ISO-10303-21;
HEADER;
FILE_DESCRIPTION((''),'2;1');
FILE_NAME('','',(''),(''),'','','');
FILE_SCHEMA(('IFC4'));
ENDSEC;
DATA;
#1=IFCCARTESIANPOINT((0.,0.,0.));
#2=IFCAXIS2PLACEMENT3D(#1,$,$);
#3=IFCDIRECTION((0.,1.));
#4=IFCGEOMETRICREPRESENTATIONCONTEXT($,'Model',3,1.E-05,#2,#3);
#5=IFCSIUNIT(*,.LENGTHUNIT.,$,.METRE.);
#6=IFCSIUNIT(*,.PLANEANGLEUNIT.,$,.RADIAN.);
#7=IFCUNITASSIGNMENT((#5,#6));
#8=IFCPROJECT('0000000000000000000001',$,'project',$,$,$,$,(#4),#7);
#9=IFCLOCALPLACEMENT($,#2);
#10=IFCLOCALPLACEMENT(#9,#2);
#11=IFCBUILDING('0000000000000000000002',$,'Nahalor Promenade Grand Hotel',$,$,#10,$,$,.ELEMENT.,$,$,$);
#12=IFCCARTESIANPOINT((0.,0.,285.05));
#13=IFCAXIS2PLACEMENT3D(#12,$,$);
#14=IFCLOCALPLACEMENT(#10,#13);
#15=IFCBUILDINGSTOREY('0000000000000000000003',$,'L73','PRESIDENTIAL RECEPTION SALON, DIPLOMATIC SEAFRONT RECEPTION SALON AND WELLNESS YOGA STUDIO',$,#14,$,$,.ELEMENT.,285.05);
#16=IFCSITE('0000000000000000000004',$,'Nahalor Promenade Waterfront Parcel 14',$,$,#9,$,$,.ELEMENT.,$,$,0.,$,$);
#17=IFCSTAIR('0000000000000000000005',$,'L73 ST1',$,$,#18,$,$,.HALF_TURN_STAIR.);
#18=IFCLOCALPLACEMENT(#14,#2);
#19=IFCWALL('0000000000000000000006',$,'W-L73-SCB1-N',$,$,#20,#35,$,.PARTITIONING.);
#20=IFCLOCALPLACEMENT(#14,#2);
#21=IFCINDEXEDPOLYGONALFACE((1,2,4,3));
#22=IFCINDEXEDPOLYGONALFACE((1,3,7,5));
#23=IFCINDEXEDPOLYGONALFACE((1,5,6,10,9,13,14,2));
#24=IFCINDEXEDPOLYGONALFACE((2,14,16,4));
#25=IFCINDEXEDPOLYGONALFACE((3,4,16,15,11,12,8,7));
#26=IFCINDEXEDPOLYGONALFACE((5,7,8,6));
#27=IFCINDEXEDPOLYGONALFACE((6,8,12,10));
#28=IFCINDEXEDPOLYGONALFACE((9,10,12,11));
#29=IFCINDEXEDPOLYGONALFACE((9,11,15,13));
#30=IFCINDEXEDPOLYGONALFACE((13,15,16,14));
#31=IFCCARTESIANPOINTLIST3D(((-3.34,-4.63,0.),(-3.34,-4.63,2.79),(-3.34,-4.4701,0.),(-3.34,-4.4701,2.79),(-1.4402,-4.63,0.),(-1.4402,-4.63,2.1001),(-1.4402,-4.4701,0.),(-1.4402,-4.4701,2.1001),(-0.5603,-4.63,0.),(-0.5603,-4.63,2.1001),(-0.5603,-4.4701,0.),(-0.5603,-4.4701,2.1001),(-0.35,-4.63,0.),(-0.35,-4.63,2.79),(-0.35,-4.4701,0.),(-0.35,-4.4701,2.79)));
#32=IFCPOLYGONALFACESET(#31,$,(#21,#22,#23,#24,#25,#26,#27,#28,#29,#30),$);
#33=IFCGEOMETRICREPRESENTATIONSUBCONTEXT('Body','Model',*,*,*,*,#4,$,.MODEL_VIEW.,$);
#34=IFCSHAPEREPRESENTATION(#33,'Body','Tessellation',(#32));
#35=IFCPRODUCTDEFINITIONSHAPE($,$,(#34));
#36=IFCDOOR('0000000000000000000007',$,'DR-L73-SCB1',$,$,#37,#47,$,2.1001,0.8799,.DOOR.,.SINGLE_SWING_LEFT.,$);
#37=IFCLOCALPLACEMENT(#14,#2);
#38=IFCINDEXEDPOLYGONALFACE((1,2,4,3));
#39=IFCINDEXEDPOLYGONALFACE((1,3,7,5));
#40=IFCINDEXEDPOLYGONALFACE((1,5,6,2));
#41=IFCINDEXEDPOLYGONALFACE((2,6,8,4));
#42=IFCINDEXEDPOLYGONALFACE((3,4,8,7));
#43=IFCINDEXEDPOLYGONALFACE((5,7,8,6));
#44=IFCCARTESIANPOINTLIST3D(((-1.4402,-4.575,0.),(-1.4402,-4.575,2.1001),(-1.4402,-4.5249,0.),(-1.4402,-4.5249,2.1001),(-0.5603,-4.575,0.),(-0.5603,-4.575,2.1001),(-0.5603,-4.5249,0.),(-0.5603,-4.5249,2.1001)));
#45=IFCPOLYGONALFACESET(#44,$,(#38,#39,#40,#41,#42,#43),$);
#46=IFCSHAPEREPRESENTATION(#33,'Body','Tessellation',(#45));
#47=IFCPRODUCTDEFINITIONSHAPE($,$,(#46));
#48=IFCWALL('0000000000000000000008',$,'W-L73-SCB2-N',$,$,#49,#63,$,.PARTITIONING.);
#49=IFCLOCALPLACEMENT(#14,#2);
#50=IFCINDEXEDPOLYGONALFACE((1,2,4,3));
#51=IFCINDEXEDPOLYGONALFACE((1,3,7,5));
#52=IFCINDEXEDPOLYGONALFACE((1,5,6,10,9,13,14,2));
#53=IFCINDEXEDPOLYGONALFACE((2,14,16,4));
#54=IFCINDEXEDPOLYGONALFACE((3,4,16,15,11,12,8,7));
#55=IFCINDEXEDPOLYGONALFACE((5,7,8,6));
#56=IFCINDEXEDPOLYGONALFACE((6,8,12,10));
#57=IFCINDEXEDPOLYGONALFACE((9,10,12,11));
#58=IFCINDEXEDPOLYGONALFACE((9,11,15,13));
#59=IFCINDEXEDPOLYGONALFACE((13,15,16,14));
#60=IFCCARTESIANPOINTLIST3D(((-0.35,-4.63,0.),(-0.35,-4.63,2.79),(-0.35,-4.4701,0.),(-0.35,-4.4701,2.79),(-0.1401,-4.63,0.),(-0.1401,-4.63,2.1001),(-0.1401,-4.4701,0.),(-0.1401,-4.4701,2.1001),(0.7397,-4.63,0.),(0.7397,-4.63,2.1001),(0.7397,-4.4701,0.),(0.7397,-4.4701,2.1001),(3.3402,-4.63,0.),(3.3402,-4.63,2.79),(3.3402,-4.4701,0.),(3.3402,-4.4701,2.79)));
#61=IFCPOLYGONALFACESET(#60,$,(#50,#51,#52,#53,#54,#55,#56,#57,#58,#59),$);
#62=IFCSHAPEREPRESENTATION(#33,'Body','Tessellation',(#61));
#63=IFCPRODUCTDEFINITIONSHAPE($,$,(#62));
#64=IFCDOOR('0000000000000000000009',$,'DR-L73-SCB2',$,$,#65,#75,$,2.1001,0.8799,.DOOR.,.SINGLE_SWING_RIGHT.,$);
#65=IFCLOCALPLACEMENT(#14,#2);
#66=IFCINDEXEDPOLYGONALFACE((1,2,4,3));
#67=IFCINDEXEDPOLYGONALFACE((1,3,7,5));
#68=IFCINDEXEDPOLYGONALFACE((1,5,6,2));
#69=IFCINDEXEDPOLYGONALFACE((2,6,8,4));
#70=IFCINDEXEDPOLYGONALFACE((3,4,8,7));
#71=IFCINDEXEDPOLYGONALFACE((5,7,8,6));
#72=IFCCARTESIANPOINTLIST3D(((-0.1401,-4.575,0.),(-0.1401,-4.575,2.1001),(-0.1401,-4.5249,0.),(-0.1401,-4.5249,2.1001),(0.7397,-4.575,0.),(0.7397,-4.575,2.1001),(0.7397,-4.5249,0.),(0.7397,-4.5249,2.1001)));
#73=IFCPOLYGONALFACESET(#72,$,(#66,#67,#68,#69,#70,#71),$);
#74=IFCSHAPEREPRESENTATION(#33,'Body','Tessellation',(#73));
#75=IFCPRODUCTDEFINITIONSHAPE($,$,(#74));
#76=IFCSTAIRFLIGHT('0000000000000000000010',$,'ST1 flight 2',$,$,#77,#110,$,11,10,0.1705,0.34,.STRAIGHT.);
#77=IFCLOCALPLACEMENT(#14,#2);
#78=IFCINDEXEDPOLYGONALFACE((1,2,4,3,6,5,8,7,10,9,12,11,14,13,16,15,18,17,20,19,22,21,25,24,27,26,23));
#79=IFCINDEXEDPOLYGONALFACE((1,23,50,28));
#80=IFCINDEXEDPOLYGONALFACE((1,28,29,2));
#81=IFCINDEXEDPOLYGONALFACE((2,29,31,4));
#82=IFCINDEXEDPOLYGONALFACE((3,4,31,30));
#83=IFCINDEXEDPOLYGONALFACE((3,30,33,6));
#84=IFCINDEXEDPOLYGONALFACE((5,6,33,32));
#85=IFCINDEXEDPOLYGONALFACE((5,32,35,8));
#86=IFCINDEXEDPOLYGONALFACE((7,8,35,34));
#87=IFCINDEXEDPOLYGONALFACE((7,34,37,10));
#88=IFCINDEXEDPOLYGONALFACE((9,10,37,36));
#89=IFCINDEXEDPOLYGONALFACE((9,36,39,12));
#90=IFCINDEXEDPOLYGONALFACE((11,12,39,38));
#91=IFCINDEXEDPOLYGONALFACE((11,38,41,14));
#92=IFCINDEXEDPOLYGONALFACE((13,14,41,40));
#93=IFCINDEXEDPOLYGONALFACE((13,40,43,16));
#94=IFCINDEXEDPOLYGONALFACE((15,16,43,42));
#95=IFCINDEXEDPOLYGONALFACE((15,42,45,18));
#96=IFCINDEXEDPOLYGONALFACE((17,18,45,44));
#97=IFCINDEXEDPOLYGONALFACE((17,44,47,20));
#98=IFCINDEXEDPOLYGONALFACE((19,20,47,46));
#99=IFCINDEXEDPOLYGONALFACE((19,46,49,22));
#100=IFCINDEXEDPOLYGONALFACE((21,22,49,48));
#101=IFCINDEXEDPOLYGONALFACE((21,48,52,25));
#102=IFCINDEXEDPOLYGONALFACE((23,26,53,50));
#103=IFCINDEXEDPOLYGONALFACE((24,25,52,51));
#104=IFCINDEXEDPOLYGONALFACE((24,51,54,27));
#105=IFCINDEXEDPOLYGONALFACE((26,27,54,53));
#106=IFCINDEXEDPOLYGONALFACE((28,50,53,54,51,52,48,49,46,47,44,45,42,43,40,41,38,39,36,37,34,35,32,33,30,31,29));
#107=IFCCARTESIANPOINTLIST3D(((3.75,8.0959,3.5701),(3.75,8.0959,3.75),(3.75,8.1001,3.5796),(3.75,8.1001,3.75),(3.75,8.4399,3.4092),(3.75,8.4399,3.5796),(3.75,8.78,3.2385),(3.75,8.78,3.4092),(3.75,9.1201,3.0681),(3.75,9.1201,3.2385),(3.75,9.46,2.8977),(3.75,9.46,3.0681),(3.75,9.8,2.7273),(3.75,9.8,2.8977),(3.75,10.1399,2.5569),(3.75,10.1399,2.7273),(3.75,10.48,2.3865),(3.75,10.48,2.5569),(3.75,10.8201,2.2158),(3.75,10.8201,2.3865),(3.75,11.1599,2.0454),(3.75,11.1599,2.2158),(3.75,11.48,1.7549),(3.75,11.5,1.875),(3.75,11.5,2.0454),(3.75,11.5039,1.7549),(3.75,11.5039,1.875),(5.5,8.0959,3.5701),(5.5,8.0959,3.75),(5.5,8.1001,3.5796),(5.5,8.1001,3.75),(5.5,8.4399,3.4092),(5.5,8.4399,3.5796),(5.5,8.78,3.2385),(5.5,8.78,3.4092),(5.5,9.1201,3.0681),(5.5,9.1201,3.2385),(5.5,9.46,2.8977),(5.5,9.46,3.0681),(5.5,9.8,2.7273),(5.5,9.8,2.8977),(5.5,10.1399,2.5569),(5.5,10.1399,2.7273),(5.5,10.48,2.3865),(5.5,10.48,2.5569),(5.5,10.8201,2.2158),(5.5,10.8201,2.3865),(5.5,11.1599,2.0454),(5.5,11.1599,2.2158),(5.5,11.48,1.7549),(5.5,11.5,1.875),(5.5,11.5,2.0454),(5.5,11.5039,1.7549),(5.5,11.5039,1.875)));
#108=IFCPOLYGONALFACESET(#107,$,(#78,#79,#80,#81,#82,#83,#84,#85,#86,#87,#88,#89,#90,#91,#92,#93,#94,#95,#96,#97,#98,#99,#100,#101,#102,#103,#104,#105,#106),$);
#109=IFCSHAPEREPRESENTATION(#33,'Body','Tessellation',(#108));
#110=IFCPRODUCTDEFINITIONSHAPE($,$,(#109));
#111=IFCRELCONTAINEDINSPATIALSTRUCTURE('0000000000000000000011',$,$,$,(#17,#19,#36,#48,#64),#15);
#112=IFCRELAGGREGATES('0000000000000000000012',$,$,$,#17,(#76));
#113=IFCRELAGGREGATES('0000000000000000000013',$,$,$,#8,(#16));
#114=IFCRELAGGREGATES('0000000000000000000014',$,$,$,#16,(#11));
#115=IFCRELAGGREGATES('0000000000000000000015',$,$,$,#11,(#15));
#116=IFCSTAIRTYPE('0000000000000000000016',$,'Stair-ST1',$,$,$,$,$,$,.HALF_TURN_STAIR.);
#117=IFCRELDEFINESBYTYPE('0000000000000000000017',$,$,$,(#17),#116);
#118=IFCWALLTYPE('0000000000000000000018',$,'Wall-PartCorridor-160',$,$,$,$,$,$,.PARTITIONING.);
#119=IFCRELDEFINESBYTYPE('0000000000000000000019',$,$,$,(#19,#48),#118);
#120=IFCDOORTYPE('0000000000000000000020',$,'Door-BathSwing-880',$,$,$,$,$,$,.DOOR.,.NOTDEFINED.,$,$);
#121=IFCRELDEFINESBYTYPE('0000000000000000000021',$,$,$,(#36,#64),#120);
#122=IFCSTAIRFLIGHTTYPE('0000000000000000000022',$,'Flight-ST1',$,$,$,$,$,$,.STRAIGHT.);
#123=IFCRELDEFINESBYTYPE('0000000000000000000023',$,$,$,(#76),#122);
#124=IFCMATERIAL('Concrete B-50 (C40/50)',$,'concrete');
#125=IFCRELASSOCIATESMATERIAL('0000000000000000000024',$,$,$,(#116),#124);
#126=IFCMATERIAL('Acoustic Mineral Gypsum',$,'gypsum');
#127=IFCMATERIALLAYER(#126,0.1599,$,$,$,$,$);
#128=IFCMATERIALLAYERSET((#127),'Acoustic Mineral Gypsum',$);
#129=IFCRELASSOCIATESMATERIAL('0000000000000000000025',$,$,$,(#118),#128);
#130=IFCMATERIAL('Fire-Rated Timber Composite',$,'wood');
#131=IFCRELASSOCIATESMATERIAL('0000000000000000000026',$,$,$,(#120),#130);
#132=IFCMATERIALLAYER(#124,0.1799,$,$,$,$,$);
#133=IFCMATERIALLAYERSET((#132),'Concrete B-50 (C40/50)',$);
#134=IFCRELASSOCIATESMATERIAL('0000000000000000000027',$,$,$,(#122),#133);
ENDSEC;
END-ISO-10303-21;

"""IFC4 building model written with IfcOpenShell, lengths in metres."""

from ifc_helpers import new_model, si_unit, direction, frame, frame_2d, origin, place, context, subcontext, project, spatial, polyline, rectangle, outline, extrude, source, transform, mapped, material, layer, layer_set, type_object, element, fill, aggregate, save


model = new_model("IFC4")

# Units and contexts
model_context = context("Model", 3, precision=1e-05, world=origin(), true_north=direction((0.0, 1.0)))
body_context = subcontext(model_context, "Body", "Model", "MODEL_VIEW")
ifc_project = project(units=[si_unit("LENGTHUNIT", "METRE"), si_unit("PLANEANGLEUNIT", "RADIAN")], contexts=[model_context])

# Site, building, storey
site_placement = place(None, origin())
site = spatial("IfcSite", under=ifc_project, at=site_placement, Name="Nahalor Promenade Waterfront Parcel 14", CompositionType="ELEMENT", RefElevation=0.0)
building_placement = place(site_placement, origin())
building = spatial("IfcBuilding", under=site, at=building_placement, Name="Nahalor Promenade Grand Hotel", CompositionType="ELEMENT")
storey_placement = place(building_placement, frame((0.0, 0.0, 285.05)))
storey = spatial("IfcBuildingStorey", under=building, at=storey_placement, Name="L73", Description="PRESIDENTIAL RECEPTION SALON, DIPLOMATIC SEAFRONT RECEPTION SALON AND WELLNESS YOGA STUDIO", CompositionType="ELEMENT", Elevation=285.05)

# Shared definitions
ifc_material_1 = material(Name="Concrete B-50 (C40/50)", Category="concrete")

# Stair
stair_type_1 = type_object("IfcStairType", Name="Stair-ST1", PredefinedType="HALF_TURN_STAIR", material=ifc_material_1)
stair_1_placement = place(storey_placement, origin())
stair_1 = element("IfcStair", 1, at=stair_1_placement, inside=storey, type_object=stair_type_1, Name="L73 ST1", PredefinedType="HALF_TURN_STAIR")

# Shared definitions
ifc_material_2 = material(Name="Acoustic Mineral Gypsum", Category="gypsum")
ifc_layer_1 = layer(ifc_material_2, 0.1599)
ifc_layer_set_1 = layer_set([ifc_layer_1], Name="Acoustic Mineral Gypsum")
wall_type_1 = type_object("IfcWallType", Name="Wall-PartCorridor-160", PredefinedType="PARTITIONING", material=ifc_layer_set_1)

# Walls, openings, doors
shared_shape_1 = source(origin(), body_context, "Body", "SweptSolid", [
    extrude(rectangle(XDim=2.99, YDim=0.1599, at=frame_2d((1.4951, 0.0))), origin(), (0.0, 0.0, 1.0), 2.79),
])
wall_1_placement = place(storey_placement, frame((-3.3401, -4.55, 0.0), z_axis=(0.0, 0.0, 1.0), x_axis=(1.0, 0.0, 0.0)))
wall_1 = element("IfcWall", 2, at=wall_1_placement, inside=storey, type_object=wall_type_1, Name="W-L73-SCB1-N", PredefinedType="PARTITIONING", context=body_context, shape_type="MappedRepresentation", body=[
    mapped(shared_shape_1, transform((0.0, 0.0, 0.0), scale=1.0)),
])
opening_1_placement = place(wall_1_placement, frame((1.8999, 0.0, 0.0)))
opening_1 = element("IfcOpeningElement", 3, at=opening_1_placement, cuts=wall_1, PredefinedType="OPENING", context=body_context, shape_type="SweptSolid", body=[
    extrude(rectangle(XDim=0.8799, YDim=2.1001, at=frame_2d((0.4399, 1.05))), frame((0.0, 0.0898, 0.0), z_axis=(0.0, -1.0, 0.0), x_axis=(1.0, 0.0, 0.0)), (0.0, 0.0, 1.0), 0.1799),
])
ifc_material_3 = material(Name="Fire-Rated Timber Composite", Category="wood")
door_type = type_object("IfcDoorType", Name="Door-BathSwing-880", OperationType="NOTDEFINED", PredefinedType="DOOR", material=ifc_material_3)
shared_shape_2 = source(origin(), body_context, "Body", "SweptSolid", [
    extrude(rectangle(XDim=0.8799, YDim=2.1001, at=frame_2d((0.4399, 1.05))), frame((0.0, 0.0249, 0.0), z_axis=(0.0, -1.0, 0.0), x_axis=(1.0, 0.0, 0.0)), (0.0, 0.0, 1.0), 0.05),
])
door_1_placement = place(opening_1_placement, frame((0.8799, 0.0, 0.0), z_axis=(0.0, 0.0, 1.0), x_axis=(-1.0, 0.0, 0.0)))
door_1 = element("IfcDoor", 4, at=door_1_placement, inside=storey, type_object=door_type, Name="DR-L73-SCB1", OperationType="SINGLE_SWING_LEFT", OverallHeight=2.1001, OverallWidth=0.8799, PredefinedType="DOOR", context=body_context, shape_type="MappedRepresentation", body=[
    mapped(shared_shape_2, transform((0.0, 0.0, 0.0), scale=1.0)),
])
fill(opening_1, door_1)
shared_shape_3 = source(origin(), body_context, "Body", "SweptSolid", [
    extrude(rectangle(XDim=3.6902, YDim=0.1599, at=frame_2d((1.8452, 0.0))), origin(), (0.0, 0.0, 1.0), 2.79),
])
wall_2_placement = place(storey_placement, frame((-0.3501, -4.55, 0.0), z_axis=(0.0, 0.0, 1.0), x_axis=(1.0, 0.0, 0.0)))
wall_2 = element("IfcWall", 5, at=wall_2_placement, inside=storey, type_object=wall_type_1, Name="W-L73-SCB2-N", PredefinedType="PARTITIONING", context=body_context, shape_type="MappedRepresentation", body=[
    mapped(shared_shape_3, transform((0.0, 0.0, 0.0), scale=1.0)),
])
opening_2_placement = place(wall_2_placement, frame((0.21, 0.0, 0.0)))
opening_2 = element("IfcOpeningElement", 6, at=opening_2_placement, cuts=wall_2, PredefinedType="OPENING", context=body_context, shape_type="SweptSolid", body=[
    extrude(rectangle(XDim=0.8799, YDim=2.1001, at=frame_2d((0.4399, 1.05))), frame((0.0, 0.0898, 0.0), z_axis=(0.0, -1.0, 0.0), x_axis=(1.0, 0.0, 0.0)), (0.0, 0.0, 1.0), 0.1799),
])
door_2_placement = place(opening_2_placement, frame((0.8799, 0.0, 0.0), z_axis=(0.0, 0.0, 1.0), x_axis=(-1.0, 0.0, 0.0)))
door_2 = element("IfcDoor", 7, at=door_2_placement, inside=storey, type_object=door_type, Name="DR-L73-SCB2", OperationType="SINGLE_SWING_RIGHT", OverallHeight=2.1001, OverallWidth=0.8799, PredefinedType="DOOR", context=body_context, shape_type="MappedRepresentation", body=[
    mapped(shared_shape_2, transform((0.0, 0.0, 0.0), scale=1.0)),
])
fill(opening_2, door_2)

# Stair flight
ifc_layer_2 = layer(ifc_material_1, 0.1799)
ifc_layer_set_2 = layer_set([ifc_layer_2], Name="Concrete B-50 (C40/50)")
stair_flight_type = type_object("IfcStairFlightType", Name="Flight-ST1", PredefinedType="STRAIGHT", material=ifc_layer_set_2)
shared_shape_4 = source(origin(), body_context, "Body", "SweptSolid", [
    extrude(outline(polyline([(-0.0039, -0.1201), (-0.0039, 0.0), (0.0, 0.0), (0.0, 0.1704), (0.3401, 0.1704), (0.3401, 0.3408), (0.6799, 0.3408), (0.6799, 0.5115), (1.02, 0.5115), (1.02, 0.6819), (1.3601, 0.6819), (1.3601, 0.8523), (1.7, 0.8523), (1.7, 1.0227), (2.04, 1.0227), (2.04, 1.1931), (2.3799, 1.1931), (2.3799, 1.3635), (2.72, 1.3635), (2.72, 1.5342), (3.0601, 1.5342), (3.0601, 1.7046), (3.3999, 1.7046), (3.3999, 1.875), (3.4041, 1.875), (3.4041, 1.6951), (0.02, -0.1201), (-0.0039, -0.1201)])), frame((0.0, 0.875, 0.0), z_axis=(0.0, -1.0, 0.0), x_axis=(1.0, 0.0, 0.0)), (0.0, 0.0, 1.0), 1.75),
])
stair_flight_placement = place(storey_placement, frame((4.625, 11.5, 1.875), z_axis=(0.0, 0.0, 1.0), x_axis=(0.0, -1.0, 0.0)))
stair_flight = element("IfcStairFlight", 8, at=stair_flight_placement, type_object=stair_flight_type, Name="ST1 flight 2", NumberOfRisers=11, NumberOfTreads=10, PredefinedType="STRAIGHT", RiserHeight=0.1705, TreadLength=0.34, context=body_context, shape_type="MappedRepresentation", body=[
    mapped(shared_shape_4, transform((0.0, 0.0, 0.0), scale=1.0)),
])
aggregate(stair_1, [stair_flight])

save(model, "model.ifc")
